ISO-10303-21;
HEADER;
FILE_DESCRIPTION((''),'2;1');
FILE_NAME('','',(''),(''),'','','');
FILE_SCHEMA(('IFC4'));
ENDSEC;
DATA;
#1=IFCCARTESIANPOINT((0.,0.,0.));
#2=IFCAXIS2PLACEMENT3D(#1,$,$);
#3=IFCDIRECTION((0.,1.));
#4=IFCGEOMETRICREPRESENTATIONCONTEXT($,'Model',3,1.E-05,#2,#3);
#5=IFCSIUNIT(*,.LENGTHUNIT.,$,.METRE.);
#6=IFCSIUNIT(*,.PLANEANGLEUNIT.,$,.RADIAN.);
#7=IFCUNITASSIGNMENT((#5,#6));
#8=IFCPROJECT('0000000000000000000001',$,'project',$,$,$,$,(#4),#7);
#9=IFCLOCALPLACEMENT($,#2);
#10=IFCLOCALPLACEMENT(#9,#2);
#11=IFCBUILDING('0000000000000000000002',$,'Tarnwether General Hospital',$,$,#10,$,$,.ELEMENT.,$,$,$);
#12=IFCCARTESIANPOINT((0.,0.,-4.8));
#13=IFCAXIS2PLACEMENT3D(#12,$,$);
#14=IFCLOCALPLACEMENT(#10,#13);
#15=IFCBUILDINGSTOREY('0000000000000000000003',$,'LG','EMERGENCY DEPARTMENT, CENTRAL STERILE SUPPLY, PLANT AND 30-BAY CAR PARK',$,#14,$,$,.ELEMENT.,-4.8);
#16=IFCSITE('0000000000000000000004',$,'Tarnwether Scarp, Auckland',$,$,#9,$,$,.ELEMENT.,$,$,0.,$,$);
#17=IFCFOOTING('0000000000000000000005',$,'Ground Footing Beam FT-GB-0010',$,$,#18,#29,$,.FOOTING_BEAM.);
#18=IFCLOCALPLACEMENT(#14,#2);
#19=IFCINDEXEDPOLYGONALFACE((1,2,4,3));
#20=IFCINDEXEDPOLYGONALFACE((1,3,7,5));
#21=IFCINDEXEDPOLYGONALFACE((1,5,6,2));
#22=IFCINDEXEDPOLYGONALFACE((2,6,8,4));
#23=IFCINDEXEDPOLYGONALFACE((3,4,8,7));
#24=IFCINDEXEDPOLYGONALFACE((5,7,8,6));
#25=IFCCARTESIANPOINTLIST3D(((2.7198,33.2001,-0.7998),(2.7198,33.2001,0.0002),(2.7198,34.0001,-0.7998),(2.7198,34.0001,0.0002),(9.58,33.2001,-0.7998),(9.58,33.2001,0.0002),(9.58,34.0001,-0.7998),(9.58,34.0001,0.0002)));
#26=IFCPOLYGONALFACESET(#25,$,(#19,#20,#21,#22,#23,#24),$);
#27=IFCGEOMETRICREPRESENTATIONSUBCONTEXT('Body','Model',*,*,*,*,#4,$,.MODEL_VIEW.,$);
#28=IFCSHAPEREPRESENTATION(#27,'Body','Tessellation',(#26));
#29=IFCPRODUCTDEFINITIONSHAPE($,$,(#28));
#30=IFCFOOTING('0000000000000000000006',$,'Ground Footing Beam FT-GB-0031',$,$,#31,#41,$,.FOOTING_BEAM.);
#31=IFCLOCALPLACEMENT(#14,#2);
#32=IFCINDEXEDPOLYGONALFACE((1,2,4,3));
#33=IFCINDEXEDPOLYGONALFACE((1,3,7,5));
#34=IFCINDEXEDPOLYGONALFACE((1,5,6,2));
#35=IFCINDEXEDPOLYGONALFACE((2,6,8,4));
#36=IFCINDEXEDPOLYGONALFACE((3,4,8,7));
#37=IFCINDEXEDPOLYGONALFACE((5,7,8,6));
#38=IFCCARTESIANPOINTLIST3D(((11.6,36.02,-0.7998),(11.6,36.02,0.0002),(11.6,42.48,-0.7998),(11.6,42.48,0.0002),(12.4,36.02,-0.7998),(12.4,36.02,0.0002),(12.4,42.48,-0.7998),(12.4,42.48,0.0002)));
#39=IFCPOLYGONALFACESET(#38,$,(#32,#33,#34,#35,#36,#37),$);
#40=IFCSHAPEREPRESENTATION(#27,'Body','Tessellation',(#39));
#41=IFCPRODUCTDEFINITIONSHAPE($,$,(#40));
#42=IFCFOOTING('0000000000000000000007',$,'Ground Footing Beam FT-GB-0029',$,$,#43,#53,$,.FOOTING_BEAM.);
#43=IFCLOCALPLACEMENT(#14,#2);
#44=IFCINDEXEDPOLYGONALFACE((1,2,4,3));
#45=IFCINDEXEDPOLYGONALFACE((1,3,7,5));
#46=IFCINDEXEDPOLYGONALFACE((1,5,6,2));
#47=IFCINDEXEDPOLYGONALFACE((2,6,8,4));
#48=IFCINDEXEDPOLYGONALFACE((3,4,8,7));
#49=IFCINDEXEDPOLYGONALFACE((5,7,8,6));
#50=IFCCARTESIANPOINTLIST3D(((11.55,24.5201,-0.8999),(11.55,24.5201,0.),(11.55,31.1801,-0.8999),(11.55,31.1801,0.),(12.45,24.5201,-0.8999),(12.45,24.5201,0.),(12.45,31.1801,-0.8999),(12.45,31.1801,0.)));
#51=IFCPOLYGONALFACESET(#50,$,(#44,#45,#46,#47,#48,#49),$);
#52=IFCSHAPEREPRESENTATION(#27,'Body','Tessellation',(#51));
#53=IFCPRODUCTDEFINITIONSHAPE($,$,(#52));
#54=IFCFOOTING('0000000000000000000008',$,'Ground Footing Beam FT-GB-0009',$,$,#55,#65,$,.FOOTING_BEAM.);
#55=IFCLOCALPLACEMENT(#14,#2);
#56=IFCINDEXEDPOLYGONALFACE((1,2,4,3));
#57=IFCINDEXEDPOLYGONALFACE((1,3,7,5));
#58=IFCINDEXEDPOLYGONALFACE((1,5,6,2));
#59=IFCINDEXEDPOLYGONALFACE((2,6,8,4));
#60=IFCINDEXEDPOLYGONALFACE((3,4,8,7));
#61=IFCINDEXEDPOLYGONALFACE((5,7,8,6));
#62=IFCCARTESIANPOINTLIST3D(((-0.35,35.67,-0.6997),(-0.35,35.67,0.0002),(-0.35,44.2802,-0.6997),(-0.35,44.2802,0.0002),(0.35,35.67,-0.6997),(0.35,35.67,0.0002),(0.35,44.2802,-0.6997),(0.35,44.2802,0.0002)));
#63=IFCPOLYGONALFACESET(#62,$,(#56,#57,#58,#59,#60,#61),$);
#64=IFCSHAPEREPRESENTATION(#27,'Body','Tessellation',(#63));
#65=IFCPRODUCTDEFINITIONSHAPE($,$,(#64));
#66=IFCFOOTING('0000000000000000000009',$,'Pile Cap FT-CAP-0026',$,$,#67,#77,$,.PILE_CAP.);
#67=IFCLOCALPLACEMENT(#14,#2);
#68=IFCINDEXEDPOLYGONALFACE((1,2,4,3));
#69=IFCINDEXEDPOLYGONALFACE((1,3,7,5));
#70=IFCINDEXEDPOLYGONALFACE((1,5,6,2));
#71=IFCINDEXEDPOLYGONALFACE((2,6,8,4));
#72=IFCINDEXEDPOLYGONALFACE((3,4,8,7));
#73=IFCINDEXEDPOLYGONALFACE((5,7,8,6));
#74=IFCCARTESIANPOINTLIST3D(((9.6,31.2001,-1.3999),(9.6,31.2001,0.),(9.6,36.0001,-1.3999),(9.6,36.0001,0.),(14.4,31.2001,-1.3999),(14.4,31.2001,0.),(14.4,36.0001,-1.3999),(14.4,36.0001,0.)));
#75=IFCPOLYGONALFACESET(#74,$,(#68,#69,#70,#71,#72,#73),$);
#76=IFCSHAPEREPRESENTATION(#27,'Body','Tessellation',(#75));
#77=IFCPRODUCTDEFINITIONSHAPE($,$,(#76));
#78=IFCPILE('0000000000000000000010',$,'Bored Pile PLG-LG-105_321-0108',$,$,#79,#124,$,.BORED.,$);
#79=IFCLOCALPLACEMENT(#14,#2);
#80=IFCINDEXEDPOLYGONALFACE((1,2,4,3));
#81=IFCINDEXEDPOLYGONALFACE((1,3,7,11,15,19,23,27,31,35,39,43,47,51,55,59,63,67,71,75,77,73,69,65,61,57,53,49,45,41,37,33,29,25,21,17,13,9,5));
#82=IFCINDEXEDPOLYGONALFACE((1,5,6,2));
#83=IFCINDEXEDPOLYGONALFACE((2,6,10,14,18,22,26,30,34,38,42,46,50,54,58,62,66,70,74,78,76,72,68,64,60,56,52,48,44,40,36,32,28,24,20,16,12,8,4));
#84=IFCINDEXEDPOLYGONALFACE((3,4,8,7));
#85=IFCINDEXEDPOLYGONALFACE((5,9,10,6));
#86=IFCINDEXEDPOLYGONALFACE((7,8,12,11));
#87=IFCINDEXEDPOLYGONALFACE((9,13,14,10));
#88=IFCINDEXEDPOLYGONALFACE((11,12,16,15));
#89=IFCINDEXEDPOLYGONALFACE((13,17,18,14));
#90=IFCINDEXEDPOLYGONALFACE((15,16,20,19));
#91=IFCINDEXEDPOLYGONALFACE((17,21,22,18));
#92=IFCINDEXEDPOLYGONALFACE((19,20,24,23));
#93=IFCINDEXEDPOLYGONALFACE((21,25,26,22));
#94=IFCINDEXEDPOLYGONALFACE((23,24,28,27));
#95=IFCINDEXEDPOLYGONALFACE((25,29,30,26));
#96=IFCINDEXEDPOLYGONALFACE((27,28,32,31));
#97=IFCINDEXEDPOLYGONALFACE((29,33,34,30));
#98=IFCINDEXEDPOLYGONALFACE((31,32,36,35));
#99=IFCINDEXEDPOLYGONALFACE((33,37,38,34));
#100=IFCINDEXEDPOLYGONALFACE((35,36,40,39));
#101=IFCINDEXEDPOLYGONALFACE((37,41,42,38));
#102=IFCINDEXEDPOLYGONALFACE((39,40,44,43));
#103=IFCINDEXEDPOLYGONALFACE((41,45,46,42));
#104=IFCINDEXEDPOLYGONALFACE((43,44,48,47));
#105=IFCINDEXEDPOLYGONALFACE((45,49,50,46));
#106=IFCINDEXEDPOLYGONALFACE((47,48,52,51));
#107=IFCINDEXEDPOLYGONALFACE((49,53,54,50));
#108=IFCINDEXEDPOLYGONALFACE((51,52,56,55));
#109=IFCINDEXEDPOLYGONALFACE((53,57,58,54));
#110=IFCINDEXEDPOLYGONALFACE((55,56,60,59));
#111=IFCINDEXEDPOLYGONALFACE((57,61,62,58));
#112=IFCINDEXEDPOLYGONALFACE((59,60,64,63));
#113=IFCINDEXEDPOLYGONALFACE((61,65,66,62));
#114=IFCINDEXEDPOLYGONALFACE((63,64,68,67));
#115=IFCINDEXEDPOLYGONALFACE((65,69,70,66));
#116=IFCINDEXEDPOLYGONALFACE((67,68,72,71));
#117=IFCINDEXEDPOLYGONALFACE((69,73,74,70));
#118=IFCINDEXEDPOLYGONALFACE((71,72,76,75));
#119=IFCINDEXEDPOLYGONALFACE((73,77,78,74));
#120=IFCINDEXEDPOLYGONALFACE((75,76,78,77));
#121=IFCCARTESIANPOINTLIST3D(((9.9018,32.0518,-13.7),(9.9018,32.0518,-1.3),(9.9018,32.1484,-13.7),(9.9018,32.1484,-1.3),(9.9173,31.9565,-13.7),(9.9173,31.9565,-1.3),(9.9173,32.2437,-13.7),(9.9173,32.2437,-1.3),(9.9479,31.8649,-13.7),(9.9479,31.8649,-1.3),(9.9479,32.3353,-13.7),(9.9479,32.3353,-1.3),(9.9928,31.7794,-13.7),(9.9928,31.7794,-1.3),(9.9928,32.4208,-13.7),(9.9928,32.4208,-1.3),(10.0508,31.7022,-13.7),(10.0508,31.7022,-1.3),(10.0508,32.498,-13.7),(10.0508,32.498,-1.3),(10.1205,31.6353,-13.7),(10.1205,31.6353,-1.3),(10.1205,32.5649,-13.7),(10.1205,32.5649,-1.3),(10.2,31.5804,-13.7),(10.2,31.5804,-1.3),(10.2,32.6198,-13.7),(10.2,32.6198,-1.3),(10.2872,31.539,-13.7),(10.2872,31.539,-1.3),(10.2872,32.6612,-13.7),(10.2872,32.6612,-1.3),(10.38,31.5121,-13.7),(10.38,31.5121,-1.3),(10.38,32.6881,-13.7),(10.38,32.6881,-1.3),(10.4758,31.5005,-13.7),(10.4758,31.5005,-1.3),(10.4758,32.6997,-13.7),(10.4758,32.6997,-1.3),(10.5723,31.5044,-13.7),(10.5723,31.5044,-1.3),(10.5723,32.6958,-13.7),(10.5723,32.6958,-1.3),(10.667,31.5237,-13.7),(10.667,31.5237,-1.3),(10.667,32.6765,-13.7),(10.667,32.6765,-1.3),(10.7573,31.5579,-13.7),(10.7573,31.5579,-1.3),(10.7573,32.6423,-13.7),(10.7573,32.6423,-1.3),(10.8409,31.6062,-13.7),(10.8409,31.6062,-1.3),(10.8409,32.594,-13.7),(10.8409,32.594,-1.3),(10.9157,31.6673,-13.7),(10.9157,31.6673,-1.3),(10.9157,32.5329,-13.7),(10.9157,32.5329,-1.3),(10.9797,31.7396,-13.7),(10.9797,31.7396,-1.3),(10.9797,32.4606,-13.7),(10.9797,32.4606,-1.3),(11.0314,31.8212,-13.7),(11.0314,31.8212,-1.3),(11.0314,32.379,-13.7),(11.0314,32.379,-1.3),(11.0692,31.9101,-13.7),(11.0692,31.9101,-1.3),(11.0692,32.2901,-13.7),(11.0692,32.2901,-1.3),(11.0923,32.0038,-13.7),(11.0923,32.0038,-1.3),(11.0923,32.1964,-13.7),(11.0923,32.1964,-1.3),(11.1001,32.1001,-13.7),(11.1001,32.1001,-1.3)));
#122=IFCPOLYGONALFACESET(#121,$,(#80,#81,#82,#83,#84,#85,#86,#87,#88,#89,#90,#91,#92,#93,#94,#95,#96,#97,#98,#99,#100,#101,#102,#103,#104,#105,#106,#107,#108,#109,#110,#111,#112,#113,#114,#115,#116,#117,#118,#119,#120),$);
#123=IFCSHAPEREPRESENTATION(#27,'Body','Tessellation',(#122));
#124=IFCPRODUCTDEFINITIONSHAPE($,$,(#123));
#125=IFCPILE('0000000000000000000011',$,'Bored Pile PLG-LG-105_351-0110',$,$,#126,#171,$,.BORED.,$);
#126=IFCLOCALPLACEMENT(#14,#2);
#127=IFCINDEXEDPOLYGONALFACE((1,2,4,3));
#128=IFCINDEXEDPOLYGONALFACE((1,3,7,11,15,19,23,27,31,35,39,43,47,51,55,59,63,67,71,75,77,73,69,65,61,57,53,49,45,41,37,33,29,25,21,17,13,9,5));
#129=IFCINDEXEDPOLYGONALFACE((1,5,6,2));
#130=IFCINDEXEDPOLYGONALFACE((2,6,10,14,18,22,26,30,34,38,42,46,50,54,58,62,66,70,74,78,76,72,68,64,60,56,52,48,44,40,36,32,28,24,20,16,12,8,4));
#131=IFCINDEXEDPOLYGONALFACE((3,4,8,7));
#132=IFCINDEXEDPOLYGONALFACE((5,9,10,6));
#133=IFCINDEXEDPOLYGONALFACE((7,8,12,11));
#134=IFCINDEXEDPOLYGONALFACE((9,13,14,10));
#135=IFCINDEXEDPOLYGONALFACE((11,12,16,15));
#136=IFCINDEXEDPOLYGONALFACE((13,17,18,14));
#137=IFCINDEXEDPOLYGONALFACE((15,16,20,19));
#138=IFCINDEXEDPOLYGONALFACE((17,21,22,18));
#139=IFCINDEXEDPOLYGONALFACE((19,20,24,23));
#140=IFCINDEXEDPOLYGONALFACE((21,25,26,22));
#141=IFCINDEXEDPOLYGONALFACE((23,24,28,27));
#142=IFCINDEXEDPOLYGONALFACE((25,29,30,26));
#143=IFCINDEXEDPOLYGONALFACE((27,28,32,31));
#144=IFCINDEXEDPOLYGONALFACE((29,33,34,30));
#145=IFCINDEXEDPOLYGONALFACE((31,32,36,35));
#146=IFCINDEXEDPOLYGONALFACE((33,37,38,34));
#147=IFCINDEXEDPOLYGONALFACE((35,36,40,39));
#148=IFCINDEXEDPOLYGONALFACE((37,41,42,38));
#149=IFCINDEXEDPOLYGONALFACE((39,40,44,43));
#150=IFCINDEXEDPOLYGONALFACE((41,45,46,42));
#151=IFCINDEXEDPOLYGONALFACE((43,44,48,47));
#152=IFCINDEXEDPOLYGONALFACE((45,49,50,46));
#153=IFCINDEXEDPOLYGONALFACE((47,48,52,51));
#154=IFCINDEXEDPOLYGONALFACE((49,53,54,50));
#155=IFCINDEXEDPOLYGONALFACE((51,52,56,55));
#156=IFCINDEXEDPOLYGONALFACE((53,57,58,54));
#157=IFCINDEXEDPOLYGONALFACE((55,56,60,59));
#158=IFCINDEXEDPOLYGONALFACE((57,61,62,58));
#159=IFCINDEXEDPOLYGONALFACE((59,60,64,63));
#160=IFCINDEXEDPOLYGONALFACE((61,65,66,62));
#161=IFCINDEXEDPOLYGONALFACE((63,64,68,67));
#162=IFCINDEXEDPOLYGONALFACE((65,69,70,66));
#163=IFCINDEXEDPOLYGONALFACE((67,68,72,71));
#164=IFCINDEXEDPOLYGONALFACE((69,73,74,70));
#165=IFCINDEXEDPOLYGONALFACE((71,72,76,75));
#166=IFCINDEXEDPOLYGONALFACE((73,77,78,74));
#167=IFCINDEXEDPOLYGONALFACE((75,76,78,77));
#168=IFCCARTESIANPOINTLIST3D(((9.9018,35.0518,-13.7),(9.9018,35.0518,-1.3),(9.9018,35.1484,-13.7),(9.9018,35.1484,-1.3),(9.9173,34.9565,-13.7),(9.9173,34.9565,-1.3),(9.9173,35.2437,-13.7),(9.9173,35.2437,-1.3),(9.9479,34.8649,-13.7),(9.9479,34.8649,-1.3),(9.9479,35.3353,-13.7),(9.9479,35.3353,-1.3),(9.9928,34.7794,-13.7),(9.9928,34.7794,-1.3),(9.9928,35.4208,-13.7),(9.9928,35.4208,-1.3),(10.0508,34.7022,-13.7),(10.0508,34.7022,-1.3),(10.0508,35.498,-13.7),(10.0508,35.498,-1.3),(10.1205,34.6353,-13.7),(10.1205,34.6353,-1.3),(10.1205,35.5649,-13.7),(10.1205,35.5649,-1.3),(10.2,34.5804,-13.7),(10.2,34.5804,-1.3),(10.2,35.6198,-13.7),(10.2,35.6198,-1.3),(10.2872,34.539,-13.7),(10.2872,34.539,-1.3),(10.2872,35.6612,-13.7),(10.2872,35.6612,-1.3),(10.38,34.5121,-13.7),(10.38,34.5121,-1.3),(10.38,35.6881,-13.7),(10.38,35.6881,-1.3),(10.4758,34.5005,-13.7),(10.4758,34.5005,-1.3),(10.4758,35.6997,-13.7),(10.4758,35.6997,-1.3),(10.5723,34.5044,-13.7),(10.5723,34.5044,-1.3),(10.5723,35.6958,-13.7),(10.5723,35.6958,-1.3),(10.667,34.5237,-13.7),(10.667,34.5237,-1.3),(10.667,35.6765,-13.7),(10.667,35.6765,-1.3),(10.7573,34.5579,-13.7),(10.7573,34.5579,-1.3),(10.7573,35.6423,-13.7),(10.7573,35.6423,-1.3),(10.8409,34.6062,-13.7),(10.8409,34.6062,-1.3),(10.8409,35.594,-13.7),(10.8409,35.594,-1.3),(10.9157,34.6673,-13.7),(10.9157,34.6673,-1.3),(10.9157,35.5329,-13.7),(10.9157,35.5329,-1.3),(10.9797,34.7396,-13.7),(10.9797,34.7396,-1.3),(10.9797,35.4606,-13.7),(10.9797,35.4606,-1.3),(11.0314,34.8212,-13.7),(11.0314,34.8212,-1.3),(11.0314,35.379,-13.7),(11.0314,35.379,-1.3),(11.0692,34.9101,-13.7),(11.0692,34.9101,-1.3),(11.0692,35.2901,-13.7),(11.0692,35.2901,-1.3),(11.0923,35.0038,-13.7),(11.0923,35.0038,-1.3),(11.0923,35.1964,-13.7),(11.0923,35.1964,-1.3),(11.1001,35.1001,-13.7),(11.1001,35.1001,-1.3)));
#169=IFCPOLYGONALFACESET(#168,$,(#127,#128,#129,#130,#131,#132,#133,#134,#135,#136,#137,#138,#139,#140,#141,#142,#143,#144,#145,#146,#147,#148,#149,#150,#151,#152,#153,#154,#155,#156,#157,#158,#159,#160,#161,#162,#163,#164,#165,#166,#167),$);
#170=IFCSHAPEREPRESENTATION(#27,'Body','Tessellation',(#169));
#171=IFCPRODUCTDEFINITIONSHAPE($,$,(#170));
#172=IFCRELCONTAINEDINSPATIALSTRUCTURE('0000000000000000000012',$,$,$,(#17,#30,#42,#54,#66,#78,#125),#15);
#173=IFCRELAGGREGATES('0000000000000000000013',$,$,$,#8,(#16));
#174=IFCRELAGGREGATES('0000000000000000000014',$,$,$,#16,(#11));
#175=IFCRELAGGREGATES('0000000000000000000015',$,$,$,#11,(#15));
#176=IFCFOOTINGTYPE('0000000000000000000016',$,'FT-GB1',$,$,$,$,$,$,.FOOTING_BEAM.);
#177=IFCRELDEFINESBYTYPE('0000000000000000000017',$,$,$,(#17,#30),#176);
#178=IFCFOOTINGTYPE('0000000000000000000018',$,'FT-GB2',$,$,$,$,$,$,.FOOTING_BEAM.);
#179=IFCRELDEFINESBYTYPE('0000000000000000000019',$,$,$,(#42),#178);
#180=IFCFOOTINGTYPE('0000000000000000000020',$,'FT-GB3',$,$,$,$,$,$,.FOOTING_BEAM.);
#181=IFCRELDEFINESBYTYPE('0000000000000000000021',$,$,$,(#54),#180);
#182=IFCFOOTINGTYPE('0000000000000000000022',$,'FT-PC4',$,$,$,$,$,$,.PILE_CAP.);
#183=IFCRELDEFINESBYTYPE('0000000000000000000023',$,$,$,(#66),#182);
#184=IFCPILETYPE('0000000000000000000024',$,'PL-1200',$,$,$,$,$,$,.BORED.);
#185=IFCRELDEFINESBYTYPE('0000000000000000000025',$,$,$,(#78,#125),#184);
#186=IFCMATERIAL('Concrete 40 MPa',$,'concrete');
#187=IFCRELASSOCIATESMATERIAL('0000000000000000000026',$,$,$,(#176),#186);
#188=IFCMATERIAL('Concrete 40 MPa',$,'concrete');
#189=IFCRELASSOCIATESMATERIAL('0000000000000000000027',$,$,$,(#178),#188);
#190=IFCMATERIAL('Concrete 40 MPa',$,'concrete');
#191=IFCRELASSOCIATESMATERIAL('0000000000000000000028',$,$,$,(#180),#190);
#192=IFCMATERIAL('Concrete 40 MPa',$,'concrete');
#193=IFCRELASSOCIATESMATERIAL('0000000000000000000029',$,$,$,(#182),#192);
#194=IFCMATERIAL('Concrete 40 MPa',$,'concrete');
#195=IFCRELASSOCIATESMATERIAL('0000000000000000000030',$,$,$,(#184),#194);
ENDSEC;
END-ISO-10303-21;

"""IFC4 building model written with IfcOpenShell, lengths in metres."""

from ifc_helpers import new_model, si_unit, direction, frame, origin, origin_2d, place, context, subcontext, project, spatial, rectangle, circle, extrude, material, material_profile, profile_set, type_object, element, save


model = new_model("IFC4")

# Units and contexts
model_context = context("Model", 3, precision=1e-05, world=origin(), true_north=direction((0.0, 1.0)))
body_context = subcontext(model_context, "Body", "Model", "MODEL_VIEW")
ifc_project = project(units=[si_unit("LENGTHUNIT", "METRE"), si_unit("PLANEANGLEUNIT", "RADIAN")], contexts=[model_context])

# Site, building, storey
site_placement = place(None, origin())
site = spatial("IfcSite", under=ifc_project, at=site_placement, Name="Tarnwether Scarp, Auckland", CompositionType="ELEMENT", RefElevation=0.0)
building_placement = place(site_placement, origin())
building = spatial("IfcBuilding", under=site, at=building_placement, Name="Tarnwether General Hospital", CompositionType="ELEMENT")
storey_placement = place(building_placement, frame((0.0, 0.0, -4.8)))
storey = spatial("IfcBuildingStorey", under=building, at=storey_placement, Name="LG", Description="EMERGENCY DEPARTMENT, CENTRAL STERILE SUPPLY, PLANT AND 30-BAY CAR PARK", CompositionType="ELEMENT", Elevation=-4.8)

# Footings
ifc_material_1 = material(Name="Concrete 40 MPa", Category="concrete")
footing_type_1 = type_object("IfcFootingType", Name="FT-GB1", PredefinedType="FOOTING_BEAM", material=ifc_material_1)
footing_1_placement = place(storey_placement, frame((6.1499, 33.6001, -0.7998), z_axis=(0.0, 0.0, 1.0), x_axis=(1.0, 0.0, 0.0)))
element("IfcFooting", 1, at=footing_1_placement, inside=storey, type_object=footing_type_1, Name="Ground Footing Beam FT-GB-0010", PredefinedType="FOOTING_BEAM", context=body_context, shape_type="SweptSolid", body=[
    extrude(rectangle(XDim=6.8601, YDim=0.8, at=origin_2d()), origin(), (0.0, 0.0, 1.0), 0.8),
])
footing_2_placement = place(storey_placement, frame((12.0, 39.25, -0.7998), z_axis=(0.0, 0.0, 1.0), x_axis=(0.0, 1.0, 0.0)))
element("IfcFooting", 2, at=footing_2_placement, inside=storey, type_object=footing_type_1, Name="Ground Footing Beam FT-GB-0031", PredefinedType="FOOTING_BEAM", context=body_context, shape_type="SweptSolid", body=[
    extrude(rectangle(XDim=6.46, YDim=0.8, at=origin_2d()), origin(), (0.0, 0.0, 1.0), 0.8),
])
ifc_material_2 = material(Name="Concrete 40 MPa", Category="concrete")
footing_type_2 = type_object("IfcFootingType", Name="FT-GB2", PredefinedType="FOOTING_BEAM", material=ifc_material_2)
footing_3_placement = place(storey_placement, frame((12.0, 27.8501, -0.8999), z_axis=(0.0, 0.0, 1.0), x_axis=(0.0, 1.0, 0.0)))
element("IfcFooting", 3, at=footing_3_placement, inside=storey, type_object=footing_type_2, Name="Ground Footing Beam FT-GB-0029", PredefinedType="FOOTING_BEAM", context=body_context, shape_type="SweptSolid", body=[
    extrude(rectangle(XDim=6.6599, YDim=0.8999, at=origin_2d()), origin(), (0.0, 0.0, 1.0), 0.8999),
])
ifc_material_3 = material(Name="Concrete 40 MPa", Category="concrete")
footing_type_3 = type_object("IfcFootingType", Name="FT-GB3", PredefinedType="FOOTING_BEAM", material=ifc_material_3)
footing_4_placement = place(storey_placement, frame((0.0, 39.9751, -0.6997), z_axis=(0.0, 0.0, 1.0), x_axis=(0.0, 1.0, 0.0)))
element("IfcFooting", 4, at=footing_4_placement, inside=storey, type_object=footing_type_3, Name="Ground Footing Beam FT-GB-0009", PredefinedType="FOOTING_BEAM", context=body_context, shape_type="SweptSolid", body=[
    extrude(rectangle(XDim=8.6101, YDim=0.7, at=origin_2d()), origin(), (0.0, 0.0, 1.0), 0.7),
])
ifc_material_4 = material(Name="Concrete 40 MPa", Category="concrete")
footing_type_4 = type_object("IfcFootingType", Name="FT-PC4", PredefinedType="PILE_CAP", material=ifc_material_4)
footing_5_placement = place(storey_placement, frame((12.0, 33.6001, -1.3999), z_axis=(0.0, 0.0, 1.0), x_axis=(0.0, 1.0, 0.0)))
element("IfcFooting", 5, at=footing_5_placement, inside=storey, type_object=footing_type_4, Name="Pile Cap FT-CAP-0026", PredefinedType="PILE_CAP", context=body_context, shape_type="SweptSolid", body=[
    extrude(rectangle(XDim=4.8, YDim=4.8, at=origin_2d()), origin(), (0.0, 0.0, 1.0), 1.3999),
])

# Piles
ifc_material_5 = material(Name="Concrete 40 MPa", Category="concrete")
ifc_material_profile_1 = material_profile(ifc_material_5, circle(Radius=0.6001, at=origin_2d()), Name="PILE-D1200")
ifc_profile_set_1 = profile_set([ifc_material_profile_1], Name="Concrete 40 MPa")
pile_type_1 = type_object("IfcPileType", Name="PL-1200", PredefinedType="BORED", material=ifc_profile_set_1)
for number, where, z_axis, x_axis, name in (
    (6, (10.5, 32.1001, -1.3), (0.0, 0.0, -1.0), (1.0, 0.0, 0.0), "Bored Pile PLG-LG-105_321-0108"),
    (7, (10.5, 35.1001, -1.3), (0.0, 0.0, -1.0), (1.0, 0.0, 0.0), "Bored Pile PLG-LG-105_351-0110"),
):
    element("IfcPile", number, at=place(storey_placement, frame(where, z_axis=z_axis, x_axis=x_axis)), inside=storey, type_object=pile_type_1, Name=name, PredefinedType="BORED", context=body_context, shape_type="SweptSolid", body=[
        extrude(circle(Radius=0.6001, at=origin_2d()), origin(), (0.0, 0.0, 1.0), 12.3999),
    ])

save(model, "model.ifc")
